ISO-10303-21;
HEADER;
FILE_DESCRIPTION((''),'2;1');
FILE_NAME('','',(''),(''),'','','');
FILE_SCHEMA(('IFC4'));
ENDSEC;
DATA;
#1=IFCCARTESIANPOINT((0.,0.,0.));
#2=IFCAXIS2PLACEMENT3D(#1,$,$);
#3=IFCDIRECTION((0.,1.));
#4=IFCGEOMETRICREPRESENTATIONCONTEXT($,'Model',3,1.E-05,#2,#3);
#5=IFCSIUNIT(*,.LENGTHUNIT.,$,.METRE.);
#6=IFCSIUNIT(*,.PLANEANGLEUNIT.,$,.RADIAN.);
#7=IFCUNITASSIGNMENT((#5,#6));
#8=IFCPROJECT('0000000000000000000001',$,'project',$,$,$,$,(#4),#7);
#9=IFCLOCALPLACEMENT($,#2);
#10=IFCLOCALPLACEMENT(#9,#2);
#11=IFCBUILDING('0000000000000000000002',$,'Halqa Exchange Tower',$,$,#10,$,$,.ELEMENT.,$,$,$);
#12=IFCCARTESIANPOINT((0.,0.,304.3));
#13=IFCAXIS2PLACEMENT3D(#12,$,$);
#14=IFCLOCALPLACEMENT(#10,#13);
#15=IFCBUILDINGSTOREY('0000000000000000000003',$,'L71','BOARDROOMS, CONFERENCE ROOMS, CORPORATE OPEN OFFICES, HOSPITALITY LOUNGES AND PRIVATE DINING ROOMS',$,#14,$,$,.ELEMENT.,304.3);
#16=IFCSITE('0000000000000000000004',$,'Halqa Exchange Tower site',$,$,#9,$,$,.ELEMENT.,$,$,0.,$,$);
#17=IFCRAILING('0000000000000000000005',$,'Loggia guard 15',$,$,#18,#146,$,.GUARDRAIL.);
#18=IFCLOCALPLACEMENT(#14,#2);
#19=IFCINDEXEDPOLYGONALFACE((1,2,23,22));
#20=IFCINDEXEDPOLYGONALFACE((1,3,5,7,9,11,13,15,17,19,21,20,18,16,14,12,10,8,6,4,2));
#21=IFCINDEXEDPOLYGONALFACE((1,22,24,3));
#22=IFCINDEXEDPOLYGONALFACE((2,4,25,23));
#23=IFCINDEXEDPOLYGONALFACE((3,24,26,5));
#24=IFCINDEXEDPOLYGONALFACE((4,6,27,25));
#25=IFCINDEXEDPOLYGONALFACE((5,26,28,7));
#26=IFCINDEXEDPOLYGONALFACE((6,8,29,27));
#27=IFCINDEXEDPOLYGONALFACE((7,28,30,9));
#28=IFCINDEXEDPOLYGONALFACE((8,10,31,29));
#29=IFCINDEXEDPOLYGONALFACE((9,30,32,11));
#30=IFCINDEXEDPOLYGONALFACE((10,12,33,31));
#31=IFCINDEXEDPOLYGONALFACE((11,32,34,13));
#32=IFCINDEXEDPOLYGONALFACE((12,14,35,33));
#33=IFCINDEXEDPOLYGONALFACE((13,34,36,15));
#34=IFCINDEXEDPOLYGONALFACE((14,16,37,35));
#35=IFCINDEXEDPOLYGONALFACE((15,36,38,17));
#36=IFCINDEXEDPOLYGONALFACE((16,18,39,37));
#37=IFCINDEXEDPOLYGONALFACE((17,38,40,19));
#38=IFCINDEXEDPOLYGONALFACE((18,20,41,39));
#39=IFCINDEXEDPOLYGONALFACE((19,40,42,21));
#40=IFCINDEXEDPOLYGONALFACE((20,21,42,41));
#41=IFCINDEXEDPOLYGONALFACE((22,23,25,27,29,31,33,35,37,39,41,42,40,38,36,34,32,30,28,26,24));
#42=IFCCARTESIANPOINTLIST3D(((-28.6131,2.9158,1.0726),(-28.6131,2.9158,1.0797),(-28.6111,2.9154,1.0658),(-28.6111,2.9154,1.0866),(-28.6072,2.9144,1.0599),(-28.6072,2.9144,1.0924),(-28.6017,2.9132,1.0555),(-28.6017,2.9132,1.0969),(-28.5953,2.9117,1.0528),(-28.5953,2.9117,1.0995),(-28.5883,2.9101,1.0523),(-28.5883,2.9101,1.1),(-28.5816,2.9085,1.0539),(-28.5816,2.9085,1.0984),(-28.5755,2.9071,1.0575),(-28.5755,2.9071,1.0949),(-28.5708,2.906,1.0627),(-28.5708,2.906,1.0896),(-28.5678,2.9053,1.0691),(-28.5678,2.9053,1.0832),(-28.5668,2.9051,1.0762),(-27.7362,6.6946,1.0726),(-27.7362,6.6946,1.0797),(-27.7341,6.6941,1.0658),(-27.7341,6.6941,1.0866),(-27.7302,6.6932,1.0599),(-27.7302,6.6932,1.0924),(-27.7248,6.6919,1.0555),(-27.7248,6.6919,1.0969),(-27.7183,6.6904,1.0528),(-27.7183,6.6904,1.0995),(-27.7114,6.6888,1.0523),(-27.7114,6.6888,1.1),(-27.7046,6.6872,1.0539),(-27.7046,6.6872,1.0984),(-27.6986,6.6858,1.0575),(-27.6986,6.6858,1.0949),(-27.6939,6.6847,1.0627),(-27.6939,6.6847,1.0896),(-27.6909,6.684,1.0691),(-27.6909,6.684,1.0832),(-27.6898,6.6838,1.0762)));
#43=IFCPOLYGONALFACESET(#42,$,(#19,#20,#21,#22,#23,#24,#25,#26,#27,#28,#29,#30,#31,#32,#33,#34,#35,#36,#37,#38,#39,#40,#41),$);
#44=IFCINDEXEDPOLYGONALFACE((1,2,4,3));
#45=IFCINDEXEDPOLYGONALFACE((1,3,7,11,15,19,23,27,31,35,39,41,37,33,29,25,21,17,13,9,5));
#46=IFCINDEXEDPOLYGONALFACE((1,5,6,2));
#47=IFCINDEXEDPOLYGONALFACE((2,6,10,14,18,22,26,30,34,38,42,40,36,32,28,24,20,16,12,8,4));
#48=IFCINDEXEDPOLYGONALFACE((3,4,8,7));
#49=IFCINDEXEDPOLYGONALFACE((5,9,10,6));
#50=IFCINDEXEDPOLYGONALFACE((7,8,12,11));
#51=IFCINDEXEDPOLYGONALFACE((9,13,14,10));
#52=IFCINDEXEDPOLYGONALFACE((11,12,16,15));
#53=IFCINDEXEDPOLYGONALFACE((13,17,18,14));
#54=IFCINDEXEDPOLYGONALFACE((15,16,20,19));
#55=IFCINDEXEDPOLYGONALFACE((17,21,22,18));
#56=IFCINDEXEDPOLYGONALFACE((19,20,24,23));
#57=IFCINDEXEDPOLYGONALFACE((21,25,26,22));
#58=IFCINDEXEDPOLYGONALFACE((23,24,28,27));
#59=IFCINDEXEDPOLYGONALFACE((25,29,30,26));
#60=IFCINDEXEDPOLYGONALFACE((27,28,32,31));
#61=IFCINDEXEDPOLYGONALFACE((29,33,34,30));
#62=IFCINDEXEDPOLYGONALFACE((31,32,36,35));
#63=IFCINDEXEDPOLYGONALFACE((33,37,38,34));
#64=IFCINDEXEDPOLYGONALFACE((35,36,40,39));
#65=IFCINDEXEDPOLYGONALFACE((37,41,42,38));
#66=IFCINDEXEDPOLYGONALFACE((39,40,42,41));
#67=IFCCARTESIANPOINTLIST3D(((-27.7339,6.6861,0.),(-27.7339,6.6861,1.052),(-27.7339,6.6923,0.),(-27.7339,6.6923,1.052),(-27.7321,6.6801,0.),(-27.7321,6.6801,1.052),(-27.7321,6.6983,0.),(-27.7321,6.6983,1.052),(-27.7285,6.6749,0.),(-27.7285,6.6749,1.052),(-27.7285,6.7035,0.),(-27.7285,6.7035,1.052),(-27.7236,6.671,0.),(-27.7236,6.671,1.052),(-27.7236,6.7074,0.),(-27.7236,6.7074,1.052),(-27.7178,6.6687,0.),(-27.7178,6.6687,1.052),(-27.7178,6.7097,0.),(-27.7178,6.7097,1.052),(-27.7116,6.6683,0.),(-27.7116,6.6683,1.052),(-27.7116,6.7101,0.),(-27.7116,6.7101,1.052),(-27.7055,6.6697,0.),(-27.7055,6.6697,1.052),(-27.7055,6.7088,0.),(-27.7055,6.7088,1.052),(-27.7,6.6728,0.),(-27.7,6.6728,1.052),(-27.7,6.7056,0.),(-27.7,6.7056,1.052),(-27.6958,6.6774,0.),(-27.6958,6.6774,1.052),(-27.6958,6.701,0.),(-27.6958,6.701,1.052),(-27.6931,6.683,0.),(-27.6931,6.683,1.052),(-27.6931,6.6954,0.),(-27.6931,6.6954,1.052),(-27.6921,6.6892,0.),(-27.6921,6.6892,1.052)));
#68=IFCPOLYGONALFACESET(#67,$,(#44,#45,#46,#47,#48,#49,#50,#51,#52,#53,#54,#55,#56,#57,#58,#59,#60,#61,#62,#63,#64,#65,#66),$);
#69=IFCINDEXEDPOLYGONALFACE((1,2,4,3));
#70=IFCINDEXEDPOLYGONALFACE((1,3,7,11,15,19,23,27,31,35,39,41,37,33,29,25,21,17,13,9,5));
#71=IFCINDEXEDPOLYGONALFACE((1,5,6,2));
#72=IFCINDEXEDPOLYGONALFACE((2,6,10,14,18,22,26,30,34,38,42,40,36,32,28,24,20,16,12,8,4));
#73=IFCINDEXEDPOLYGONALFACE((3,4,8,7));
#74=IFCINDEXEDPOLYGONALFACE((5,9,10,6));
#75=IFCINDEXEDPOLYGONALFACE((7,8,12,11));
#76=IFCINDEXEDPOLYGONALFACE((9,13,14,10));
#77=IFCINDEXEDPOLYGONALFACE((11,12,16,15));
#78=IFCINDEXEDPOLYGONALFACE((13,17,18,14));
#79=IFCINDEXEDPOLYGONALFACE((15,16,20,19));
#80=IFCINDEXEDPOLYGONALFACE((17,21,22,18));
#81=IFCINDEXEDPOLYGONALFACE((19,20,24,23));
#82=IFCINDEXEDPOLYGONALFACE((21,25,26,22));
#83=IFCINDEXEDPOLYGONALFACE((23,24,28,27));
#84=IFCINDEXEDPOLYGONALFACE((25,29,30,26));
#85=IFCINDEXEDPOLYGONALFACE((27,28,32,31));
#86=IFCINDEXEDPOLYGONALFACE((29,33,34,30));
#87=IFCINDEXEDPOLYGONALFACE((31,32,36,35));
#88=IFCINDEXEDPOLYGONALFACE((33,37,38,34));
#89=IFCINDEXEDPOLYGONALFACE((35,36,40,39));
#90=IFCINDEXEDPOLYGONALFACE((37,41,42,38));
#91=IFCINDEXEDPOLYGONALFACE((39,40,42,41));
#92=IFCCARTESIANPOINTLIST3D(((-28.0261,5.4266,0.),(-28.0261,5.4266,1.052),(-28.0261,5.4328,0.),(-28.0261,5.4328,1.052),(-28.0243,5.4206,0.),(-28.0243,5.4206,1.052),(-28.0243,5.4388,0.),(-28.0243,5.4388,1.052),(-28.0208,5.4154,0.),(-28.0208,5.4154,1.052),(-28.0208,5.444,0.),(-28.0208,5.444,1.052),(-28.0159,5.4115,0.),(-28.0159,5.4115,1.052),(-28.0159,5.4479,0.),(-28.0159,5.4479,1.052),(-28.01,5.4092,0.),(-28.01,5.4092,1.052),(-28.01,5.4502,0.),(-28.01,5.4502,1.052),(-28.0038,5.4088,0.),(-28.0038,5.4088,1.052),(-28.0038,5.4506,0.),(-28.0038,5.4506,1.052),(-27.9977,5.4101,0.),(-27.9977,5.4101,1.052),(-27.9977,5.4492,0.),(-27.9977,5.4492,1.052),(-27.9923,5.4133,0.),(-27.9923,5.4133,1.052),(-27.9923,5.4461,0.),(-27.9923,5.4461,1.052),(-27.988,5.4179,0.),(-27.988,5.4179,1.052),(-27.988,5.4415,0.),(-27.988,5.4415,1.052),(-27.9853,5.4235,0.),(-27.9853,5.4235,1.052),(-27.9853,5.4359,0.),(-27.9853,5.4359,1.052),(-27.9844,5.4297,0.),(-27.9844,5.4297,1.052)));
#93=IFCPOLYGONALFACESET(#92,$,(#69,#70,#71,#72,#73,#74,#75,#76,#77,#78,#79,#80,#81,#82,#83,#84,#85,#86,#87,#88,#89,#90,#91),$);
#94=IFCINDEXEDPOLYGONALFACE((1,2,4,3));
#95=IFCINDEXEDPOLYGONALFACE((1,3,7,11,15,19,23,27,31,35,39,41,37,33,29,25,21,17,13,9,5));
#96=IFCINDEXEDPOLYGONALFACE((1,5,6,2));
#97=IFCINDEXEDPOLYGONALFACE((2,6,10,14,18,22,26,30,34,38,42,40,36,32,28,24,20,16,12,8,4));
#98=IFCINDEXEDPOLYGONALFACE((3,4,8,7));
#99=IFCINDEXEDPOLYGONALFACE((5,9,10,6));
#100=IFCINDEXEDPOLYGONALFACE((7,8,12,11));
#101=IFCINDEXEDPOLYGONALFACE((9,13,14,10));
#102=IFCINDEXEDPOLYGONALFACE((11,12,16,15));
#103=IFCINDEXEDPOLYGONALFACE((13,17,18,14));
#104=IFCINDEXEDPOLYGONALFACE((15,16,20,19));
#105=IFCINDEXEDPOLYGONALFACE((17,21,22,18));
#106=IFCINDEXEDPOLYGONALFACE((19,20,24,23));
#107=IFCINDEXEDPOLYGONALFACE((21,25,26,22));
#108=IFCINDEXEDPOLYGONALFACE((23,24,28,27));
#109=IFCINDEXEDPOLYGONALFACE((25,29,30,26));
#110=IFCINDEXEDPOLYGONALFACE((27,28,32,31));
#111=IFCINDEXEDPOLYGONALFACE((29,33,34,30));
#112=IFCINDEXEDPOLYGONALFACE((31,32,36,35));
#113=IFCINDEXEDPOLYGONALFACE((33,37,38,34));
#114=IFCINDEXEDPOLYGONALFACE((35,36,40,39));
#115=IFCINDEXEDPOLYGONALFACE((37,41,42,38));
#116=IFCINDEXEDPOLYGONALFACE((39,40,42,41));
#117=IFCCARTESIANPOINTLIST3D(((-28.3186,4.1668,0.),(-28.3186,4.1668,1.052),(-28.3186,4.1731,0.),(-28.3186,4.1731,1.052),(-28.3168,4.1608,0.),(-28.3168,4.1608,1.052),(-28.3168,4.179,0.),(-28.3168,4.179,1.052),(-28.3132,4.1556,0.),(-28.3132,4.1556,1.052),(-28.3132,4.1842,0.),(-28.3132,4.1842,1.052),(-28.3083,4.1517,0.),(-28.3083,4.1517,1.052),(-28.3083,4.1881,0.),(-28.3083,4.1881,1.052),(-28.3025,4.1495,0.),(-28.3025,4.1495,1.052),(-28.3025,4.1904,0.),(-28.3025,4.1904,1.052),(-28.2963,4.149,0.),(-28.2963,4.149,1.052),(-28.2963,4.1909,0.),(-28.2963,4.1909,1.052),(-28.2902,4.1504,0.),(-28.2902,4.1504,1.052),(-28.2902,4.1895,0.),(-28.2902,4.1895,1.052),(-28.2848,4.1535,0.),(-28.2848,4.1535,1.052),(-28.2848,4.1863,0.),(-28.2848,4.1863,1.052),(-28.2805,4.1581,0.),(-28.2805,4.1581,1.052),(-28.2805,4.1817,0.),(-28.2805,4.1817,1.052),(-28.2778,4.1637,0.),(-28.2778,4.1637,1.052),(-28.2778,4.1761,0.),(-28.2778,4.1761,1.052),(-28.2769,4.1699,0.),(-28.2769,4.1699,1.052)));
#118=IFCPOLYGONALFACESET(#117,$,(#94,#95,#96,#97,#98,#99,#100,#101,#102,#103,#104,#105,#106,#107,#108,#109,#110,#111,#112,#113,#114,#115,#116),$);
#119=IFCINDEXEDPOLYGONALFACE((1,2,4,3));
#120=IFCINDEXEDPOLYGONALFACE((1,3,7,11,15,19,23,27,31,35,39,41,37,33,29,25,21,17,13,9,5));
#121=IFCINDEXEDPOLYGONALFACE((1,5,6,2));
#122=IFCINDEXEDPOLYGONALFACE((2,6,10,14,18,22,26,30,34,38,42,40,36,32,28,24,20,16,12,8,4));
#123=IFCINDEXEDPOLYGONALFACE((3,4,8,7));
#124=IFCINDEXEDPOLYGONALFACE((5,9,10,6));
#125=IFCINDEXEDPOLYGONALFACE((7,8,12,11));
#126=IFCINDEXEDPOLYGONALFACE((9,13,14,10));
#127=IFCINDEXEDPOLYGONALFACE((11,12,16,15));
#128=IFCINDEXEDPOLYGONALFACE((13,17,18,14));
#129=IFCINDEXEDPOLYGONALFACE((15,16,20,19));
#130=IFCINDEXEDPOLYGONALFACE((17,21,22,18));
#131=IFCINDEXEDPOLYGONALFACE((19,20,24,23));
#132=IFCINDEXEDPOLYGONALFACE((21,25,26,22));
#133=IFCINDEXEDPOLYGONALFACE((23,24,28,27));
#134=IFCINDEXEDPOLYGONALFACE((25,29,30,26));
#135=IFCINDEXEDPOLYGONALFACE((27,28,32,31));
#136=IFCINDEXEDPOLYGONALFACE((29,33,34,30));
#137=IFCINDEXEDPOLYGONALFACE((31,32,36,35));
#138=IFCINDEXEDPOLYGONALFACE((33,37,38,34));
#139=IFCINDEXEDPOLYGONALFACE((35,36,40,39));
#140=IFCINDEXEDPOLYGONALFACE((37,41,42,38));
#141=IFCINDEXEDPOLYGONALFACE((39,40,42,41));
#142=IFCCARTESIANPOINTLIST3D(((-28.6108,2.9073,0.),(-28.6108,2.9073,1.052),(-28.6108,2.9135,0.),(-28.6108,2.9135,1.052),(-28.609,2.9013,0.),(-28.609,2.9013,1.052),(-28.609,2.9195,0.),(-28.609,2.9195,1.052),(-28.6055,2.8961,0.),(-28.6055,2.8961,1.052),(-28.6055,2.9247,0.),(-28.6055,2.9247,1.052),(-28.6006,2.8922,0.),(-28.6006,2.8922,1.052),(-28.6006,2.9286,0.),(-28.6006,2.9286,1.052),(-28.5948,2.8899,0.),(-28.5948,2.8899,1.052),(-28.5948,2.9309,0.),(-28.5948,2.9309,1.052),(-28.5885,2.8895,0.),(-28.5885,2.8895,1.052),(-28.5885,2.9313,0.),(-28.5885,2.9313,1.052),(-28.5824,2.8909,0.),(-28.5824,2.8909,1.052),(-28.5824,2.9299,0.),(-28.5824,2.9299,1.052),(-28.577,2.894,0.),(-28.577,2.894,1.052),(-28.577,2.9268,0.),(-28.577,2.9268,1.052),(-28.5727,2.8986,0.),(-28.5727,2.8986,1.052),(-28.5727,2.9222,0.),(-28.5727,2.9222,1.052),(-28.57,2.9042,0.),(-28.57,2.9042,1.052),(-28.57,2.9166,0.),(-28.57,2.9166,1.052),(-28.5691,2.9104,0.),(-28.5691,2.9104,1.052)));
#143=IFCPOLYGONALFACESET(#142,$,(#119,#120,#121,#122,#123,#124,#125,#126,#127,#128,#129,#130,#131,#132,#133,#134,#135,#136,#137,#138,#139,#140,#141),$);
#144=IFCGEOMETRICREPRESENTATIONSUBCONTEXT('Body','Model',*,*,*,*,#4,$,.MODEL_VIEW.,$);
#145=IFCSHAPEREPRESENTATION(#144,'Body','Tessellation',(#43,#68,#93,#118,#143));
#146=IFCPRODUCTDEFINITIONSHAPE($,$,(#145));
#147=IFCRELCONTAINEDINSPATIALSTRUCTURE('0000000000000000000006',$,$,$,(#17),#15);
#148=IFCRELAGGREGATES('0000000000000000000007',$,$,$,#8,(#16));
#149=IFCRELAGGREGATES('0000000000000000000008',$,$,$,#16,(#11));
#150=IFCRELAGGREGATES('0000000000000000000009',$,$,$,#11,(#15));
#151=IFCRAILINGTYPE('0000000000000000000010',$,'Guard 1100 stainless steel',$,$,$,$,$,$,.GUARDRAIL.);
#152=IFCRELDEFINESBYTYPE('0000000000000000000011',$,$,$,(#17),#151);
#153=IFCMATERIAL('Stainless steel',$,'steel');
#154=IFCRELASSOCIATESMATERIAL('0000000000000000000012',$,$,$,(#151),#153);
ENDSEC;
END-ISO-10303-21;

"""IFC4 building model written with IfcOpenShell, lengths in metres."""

from ifc_helpers import new_model, si_unit, direction, frame, origin, origin_2d, place, context, subcontext, project, spatial, circle, extrude, material, type_object, element, save


model = new_model("IFC4")

# Units and contexts
model_context = context("Model", 3, precision=1e-05, world=origin(), true_north=direction((0.0, 1.0)))
body_context = subcontext(model_context, "Body", "Model", "MODEL_VIEW")
ifc_project = project(units=[si_unit("LENGTHUNIT", "METRE"), si_unit("PLANEANGLEUNIT", "RADIAN")], contexts=[model_context])

# Site, building, storey
site_placement = place(None, origin())
site = spatial("IfcSite", under=ifc_project, at=site_placement, Name="Halqa Exchange Tower site", CompositionType="ELEMENT", RefElevation=0.0)
building_placement = place(site_placement, origin())
building = spatial("IfcBuilding", under=site, at=building_placement, Name="Halqa Exchange Tower", CompositionType="ELEMENT")
storey_placement = place(building_placement, frame((0.0, 0.0, 304.3)))
storey = spatial("IfcBuildingStorey", under=building, at=storey_placement, Name="L71", Description="BOARDROOMS, CONFERENCE ROOMS, CORPORATE OPEN OFFICES, HOSPITALITY LOUNGES AND PRIVATE DINING ROOMS", CompositionType="ELEMENT", Elevation=304.3)

# Railing
ifc_material_1 = material(Name="Stainless steel", Category="steel")
railing_type = type_object("IfcRailingType", Name="Guard 1100 stainless steel", PredefinedType="GUARDRAIL", material=ifc_material_1)
railing_1_placement = place(storey_placement, frame((-27.7131, 6.6892, 0.0)))
element("IfcRailing", 1, at=railing_1_placement, inside=storey, type_object=railing_type, Name="Loggia guard 15", PredefinedType="GUARDRAIL", context=body_context, shape_type="SweptSolid", body=[
    extrude(circle(Radius=0.0239, at=origin_2d()), frame((0.0, 0.0, 1.0762), z_axis=(-0.226064, -0.974113, 0.0), x_axis=(0.974113, -0.226064, 0.0)), (0.0, 0.0, 1.0), 3.8792),
    extrude(circle(Radius=0.021, at=origin_2d()), origin(), (0.0, 0.0, 1.0), 1.052),
    extrude(circle(Radius=0.021, at=origin_2d()), frame((-0.2922, -1.2595, 0.0)), (0.0, 0.0, 1.0), 1.052),
    extrude(circle(Radius=0.021, at=origin_2d()), frame((-0.5847, -2.5193, 0.0)), (0.0, 0.0, 1.0), 1.052),
    extrude(circle(Radius=0.021, at=origin_2d()), frame((-0.877, -3.7788, 0.0)), (0.0, 0.0, 1.0), 1.052),
])

save(model, "model.ifc")
